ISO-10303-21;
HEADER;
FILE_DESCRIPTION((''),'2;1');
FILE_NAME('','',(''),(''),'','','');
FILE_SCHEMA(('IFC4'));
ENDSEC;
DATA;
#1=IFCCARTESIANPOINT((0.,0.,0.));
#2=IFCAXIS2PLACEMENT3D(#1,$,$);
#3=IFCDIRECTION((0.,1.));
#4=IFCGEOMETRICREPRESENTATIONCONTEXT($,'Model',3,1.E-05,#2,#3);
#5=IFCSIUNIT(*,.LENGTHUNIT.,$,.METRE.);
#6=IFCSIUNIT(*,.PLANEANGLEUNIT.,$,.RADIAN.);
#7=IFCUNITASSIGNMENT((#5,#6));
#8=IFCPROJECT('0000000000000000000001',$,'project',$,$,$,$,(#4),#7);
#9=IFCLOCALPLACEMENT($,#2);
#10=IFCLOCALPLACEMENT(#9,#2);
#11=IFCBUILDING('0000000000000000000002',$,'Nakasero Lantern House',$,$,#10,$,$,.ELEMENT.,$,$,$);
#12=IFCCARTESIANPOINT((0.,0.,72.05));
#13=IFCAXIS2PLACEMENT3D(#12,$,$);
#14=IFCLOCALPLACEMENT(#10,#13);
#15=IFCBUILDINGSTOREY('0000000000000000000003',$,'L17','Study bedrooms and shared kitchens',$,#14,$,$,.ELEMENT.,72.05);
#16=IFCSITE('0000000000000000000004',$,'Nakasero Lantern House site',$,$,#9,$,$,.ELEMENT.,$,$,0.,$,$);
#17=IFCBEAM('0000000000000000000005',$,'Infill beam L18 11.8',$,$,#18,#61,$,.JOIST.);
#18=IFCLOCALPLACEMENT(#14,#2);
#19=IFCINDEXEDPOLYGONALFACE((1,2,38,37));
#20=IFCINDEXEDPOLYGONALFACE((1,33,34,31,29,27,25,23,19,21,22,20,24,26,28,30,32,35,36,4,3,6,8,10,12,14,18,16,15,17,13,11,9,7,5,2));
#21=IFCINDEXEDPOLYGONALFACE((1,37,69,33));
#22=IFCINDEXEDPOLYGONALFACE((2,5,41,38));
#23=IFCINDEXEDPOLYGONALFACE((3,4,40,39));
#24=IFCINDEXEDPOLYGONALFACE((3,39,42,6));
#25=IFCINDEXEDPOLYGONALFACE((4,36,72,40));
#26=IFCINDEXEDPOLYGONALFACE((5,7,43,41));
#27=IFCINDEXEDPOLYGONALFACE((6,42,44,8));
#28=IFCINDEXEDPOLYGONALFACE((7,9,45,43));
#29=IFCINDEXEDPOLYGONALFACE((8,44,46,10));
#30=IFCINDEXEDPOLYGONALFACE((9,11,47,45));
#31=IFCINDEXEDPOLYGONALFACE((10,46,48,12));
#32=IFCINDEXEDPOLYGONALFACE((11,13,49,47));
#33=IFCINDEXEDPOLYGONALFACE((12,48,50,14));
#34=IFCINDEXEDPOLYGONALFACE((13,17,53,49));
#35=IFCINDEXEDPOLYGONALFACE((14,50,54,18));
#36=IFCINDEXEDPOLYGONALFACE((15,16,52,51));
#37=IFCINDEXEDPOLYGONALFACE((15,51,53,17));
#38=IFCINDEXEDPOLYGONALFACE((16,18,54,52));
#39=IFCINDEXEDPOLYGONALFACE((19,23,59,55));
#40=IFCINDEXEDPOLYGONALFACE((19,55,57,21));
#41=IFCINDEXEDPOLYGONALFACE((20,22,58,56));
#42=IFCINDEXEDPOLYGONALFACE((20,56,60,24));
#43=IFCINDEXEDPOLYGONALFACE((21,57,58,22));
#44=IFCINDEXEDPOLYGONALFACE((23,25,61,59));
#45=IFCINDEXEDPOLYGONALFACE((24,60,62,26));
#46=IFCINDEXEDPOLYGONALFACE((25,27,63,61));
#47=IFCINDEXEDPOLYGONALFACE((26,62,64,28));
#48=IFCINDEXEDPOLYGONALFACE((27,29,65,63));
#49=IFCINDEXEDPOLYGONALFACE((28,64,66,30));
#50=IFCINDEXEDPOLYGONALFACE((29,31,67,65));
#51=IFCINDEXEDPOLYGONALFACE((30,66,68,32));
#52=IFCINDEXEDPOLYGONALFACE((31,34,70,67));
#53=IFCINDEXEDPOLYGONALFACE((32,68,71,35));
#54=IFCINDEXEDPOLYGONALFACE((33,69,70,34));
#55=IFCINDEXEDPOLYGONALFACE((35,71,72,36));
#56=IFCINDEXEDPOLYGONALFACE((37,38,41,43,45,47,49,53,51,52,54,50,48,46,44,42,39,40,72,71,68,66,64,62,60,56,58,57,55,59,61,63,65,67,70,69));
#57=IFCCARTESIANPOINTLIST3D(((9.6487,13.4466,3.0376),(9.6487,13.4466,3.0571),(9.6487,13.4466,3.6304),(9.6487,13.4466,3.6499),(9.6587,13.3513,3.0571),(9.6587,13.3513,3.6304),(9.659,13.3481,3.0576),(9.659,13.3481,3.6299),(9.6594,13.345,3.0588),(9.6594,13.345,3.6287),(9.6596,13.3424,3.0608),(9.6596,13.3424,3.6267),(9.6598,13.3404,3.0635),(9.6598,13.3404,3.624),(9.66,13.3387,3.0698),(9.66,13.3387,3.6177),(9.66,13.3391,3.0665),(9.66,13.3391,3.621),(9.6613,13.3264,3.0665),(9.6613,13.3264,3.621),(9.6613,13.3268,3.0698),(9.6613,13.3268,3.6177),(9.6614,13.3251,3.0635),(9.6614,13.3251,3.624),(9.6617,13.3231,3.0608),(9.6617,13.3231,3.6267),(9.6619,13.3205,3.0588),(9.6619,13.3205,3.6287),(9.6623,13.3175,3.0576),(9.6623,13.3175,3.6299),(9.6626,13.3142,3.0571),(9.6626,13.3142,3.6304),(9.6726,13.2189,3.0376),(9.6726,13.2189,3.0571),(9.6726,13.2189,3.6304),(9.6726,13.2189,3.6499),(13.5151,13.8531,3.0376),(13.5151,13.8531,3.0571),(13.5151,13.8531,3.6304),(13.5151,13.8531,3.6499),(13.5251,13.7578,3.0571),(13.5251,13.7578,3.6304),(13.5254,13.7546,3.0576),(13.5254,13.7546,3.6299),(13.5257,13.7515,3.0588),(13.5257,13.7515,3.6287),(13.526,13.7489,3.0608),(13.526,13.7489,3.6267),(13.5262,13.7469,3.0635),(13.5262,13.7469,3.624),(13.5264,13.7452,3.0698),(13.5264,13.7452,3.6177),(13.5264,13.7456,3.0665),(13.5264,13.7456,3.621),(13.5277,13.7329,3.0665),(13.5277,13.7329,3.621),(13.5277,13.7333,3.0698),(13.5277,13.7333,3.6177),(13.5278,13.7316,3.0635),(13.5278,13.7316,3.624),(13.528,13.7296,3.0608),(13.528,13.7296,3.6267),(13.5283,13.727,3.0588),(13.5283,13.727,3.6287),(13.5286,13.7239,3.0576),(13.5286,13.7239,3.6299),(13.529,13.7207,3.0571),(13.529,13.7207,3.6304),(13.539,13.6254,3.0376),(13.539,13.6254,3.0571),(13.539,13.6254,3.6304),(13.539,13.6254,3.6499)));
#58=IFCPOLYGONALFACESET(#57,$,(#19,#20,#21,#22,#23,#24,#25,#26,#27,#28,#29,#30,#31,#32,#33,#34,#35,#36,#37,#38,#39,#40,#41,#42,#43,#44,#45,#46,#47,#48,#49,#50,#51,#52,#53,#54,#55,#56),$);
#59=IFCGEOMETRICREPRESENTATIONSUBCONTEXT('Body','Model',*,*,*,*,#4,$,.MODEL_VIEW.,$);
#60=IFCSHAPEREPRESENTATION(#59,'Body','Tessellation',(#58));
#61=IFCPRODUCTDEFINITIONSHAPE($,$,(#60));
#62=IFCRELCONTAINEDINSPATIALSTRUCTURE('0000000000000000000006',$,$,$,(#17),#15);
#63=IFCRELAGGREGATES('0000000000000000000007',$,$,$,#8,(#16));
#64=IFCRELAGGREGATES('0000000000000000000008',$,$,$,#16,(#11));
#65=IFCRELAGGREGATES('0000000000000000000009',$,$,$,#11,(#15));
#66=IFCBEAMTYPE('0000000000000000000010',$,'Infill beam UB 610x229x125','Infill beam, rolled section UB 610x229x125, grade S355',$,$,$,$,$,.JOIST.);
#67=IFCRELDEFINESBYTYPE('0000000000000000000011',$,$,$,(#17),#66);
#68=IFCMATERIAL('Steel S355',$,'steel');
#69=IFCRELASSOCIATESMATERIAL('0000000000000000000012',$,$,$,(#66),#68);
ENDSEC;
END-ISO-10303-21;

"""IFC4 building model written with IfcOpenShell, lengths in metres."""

from ifc_helpers import new_model, si_unit, direction, frame, origin, origin_2d, place, context, subcontext, project, spatial, i_section, extrude, material, material_profile, profile_set, type_object, element, save


model = new_model("IFC4")

# Units and contexts
model_context = context("Model", 3, precision=1e-05, world=origin(), true_north=direction((0.0, 1.0)))
body_context = subcontext(model_context, "Body", "Model", "MODEL_VIEW")
ifc_project = project(units=[si_unit("LENGTHUNIT", "METRE"), si_unit("PLANEANGLEUNIT", "RADIAN")], contexts=[model_context])

# Site, building, storey
site_placement = place(None, origin())
site = spatial("IfcSite", under=ifc_project, at=site_placement, Name="Nakasero Lantern House site", CompositionType="ELEMENT", RefElevation=0.0)
building_placement = place(site_placement, origin())
building = spatial("IfcBuilding", under=site, at=building_placement, Name="Nakasero Lantern House", CompositionType="ELEMENT")
storey_placement = place(building_placement, frame((0.0, 0.0, 72.05)))
storey = spatial("IfcBuildingStorey", under=building, at=storey_placement, Name="L17", Description="Study bedrooms and shared kitchens", CompositionType="ELEMENT", Elevation=72.05)

# Beam
ifc_material_1 = material(Name="Steel S355", Category="steel")
ifc_material_profile_1 = material_profile(ifc_material_1, i_section(OverallWidth=0.229, OverallDepth=0.6123, WebThickness=0.012, FlangeThickness=0.0195, FilletRadius=0.0127, at=origin_2d()), Name="UB 610x229x125")
ifc_profile_set_1 = profile_set([ifc_material_profile_1], Name="Steel S355")
beam_type_1 = type_object("IfcBeamType", Name="Infill beam UB 610x229x125", Description="Infill beam, rolled section UB 610x229x125, grade S355", PredefinedType="JOIST", material=ifc_profile_set_1)
beam_1_placement = place(storey_placement, frame((9.6606, 13.3328, 3.3438), z_axis=(0.994519, 0.104557, 0.0), x_axis=(-0.104557, 0.994519, 0.0)))
element("IfcBeam", 1, at=beam_1_placement, inside=storey, type_object=beam_type_1, Name="Infill beam L18 11.8", PredefinedType="JOIST", context=body_context, shape_type="SweptSolid", body=[
    extrude(i_section(OverallWidth=0.229, OverallDepth=0.6123, WebThickness=0.012, FlangeThickness=0.0195, FilletRadius=0.0127, at=origin_2d()), origin(), (0.0, 0.0, 1.0), 3.8877),
])

save(model, "model.ifc")
